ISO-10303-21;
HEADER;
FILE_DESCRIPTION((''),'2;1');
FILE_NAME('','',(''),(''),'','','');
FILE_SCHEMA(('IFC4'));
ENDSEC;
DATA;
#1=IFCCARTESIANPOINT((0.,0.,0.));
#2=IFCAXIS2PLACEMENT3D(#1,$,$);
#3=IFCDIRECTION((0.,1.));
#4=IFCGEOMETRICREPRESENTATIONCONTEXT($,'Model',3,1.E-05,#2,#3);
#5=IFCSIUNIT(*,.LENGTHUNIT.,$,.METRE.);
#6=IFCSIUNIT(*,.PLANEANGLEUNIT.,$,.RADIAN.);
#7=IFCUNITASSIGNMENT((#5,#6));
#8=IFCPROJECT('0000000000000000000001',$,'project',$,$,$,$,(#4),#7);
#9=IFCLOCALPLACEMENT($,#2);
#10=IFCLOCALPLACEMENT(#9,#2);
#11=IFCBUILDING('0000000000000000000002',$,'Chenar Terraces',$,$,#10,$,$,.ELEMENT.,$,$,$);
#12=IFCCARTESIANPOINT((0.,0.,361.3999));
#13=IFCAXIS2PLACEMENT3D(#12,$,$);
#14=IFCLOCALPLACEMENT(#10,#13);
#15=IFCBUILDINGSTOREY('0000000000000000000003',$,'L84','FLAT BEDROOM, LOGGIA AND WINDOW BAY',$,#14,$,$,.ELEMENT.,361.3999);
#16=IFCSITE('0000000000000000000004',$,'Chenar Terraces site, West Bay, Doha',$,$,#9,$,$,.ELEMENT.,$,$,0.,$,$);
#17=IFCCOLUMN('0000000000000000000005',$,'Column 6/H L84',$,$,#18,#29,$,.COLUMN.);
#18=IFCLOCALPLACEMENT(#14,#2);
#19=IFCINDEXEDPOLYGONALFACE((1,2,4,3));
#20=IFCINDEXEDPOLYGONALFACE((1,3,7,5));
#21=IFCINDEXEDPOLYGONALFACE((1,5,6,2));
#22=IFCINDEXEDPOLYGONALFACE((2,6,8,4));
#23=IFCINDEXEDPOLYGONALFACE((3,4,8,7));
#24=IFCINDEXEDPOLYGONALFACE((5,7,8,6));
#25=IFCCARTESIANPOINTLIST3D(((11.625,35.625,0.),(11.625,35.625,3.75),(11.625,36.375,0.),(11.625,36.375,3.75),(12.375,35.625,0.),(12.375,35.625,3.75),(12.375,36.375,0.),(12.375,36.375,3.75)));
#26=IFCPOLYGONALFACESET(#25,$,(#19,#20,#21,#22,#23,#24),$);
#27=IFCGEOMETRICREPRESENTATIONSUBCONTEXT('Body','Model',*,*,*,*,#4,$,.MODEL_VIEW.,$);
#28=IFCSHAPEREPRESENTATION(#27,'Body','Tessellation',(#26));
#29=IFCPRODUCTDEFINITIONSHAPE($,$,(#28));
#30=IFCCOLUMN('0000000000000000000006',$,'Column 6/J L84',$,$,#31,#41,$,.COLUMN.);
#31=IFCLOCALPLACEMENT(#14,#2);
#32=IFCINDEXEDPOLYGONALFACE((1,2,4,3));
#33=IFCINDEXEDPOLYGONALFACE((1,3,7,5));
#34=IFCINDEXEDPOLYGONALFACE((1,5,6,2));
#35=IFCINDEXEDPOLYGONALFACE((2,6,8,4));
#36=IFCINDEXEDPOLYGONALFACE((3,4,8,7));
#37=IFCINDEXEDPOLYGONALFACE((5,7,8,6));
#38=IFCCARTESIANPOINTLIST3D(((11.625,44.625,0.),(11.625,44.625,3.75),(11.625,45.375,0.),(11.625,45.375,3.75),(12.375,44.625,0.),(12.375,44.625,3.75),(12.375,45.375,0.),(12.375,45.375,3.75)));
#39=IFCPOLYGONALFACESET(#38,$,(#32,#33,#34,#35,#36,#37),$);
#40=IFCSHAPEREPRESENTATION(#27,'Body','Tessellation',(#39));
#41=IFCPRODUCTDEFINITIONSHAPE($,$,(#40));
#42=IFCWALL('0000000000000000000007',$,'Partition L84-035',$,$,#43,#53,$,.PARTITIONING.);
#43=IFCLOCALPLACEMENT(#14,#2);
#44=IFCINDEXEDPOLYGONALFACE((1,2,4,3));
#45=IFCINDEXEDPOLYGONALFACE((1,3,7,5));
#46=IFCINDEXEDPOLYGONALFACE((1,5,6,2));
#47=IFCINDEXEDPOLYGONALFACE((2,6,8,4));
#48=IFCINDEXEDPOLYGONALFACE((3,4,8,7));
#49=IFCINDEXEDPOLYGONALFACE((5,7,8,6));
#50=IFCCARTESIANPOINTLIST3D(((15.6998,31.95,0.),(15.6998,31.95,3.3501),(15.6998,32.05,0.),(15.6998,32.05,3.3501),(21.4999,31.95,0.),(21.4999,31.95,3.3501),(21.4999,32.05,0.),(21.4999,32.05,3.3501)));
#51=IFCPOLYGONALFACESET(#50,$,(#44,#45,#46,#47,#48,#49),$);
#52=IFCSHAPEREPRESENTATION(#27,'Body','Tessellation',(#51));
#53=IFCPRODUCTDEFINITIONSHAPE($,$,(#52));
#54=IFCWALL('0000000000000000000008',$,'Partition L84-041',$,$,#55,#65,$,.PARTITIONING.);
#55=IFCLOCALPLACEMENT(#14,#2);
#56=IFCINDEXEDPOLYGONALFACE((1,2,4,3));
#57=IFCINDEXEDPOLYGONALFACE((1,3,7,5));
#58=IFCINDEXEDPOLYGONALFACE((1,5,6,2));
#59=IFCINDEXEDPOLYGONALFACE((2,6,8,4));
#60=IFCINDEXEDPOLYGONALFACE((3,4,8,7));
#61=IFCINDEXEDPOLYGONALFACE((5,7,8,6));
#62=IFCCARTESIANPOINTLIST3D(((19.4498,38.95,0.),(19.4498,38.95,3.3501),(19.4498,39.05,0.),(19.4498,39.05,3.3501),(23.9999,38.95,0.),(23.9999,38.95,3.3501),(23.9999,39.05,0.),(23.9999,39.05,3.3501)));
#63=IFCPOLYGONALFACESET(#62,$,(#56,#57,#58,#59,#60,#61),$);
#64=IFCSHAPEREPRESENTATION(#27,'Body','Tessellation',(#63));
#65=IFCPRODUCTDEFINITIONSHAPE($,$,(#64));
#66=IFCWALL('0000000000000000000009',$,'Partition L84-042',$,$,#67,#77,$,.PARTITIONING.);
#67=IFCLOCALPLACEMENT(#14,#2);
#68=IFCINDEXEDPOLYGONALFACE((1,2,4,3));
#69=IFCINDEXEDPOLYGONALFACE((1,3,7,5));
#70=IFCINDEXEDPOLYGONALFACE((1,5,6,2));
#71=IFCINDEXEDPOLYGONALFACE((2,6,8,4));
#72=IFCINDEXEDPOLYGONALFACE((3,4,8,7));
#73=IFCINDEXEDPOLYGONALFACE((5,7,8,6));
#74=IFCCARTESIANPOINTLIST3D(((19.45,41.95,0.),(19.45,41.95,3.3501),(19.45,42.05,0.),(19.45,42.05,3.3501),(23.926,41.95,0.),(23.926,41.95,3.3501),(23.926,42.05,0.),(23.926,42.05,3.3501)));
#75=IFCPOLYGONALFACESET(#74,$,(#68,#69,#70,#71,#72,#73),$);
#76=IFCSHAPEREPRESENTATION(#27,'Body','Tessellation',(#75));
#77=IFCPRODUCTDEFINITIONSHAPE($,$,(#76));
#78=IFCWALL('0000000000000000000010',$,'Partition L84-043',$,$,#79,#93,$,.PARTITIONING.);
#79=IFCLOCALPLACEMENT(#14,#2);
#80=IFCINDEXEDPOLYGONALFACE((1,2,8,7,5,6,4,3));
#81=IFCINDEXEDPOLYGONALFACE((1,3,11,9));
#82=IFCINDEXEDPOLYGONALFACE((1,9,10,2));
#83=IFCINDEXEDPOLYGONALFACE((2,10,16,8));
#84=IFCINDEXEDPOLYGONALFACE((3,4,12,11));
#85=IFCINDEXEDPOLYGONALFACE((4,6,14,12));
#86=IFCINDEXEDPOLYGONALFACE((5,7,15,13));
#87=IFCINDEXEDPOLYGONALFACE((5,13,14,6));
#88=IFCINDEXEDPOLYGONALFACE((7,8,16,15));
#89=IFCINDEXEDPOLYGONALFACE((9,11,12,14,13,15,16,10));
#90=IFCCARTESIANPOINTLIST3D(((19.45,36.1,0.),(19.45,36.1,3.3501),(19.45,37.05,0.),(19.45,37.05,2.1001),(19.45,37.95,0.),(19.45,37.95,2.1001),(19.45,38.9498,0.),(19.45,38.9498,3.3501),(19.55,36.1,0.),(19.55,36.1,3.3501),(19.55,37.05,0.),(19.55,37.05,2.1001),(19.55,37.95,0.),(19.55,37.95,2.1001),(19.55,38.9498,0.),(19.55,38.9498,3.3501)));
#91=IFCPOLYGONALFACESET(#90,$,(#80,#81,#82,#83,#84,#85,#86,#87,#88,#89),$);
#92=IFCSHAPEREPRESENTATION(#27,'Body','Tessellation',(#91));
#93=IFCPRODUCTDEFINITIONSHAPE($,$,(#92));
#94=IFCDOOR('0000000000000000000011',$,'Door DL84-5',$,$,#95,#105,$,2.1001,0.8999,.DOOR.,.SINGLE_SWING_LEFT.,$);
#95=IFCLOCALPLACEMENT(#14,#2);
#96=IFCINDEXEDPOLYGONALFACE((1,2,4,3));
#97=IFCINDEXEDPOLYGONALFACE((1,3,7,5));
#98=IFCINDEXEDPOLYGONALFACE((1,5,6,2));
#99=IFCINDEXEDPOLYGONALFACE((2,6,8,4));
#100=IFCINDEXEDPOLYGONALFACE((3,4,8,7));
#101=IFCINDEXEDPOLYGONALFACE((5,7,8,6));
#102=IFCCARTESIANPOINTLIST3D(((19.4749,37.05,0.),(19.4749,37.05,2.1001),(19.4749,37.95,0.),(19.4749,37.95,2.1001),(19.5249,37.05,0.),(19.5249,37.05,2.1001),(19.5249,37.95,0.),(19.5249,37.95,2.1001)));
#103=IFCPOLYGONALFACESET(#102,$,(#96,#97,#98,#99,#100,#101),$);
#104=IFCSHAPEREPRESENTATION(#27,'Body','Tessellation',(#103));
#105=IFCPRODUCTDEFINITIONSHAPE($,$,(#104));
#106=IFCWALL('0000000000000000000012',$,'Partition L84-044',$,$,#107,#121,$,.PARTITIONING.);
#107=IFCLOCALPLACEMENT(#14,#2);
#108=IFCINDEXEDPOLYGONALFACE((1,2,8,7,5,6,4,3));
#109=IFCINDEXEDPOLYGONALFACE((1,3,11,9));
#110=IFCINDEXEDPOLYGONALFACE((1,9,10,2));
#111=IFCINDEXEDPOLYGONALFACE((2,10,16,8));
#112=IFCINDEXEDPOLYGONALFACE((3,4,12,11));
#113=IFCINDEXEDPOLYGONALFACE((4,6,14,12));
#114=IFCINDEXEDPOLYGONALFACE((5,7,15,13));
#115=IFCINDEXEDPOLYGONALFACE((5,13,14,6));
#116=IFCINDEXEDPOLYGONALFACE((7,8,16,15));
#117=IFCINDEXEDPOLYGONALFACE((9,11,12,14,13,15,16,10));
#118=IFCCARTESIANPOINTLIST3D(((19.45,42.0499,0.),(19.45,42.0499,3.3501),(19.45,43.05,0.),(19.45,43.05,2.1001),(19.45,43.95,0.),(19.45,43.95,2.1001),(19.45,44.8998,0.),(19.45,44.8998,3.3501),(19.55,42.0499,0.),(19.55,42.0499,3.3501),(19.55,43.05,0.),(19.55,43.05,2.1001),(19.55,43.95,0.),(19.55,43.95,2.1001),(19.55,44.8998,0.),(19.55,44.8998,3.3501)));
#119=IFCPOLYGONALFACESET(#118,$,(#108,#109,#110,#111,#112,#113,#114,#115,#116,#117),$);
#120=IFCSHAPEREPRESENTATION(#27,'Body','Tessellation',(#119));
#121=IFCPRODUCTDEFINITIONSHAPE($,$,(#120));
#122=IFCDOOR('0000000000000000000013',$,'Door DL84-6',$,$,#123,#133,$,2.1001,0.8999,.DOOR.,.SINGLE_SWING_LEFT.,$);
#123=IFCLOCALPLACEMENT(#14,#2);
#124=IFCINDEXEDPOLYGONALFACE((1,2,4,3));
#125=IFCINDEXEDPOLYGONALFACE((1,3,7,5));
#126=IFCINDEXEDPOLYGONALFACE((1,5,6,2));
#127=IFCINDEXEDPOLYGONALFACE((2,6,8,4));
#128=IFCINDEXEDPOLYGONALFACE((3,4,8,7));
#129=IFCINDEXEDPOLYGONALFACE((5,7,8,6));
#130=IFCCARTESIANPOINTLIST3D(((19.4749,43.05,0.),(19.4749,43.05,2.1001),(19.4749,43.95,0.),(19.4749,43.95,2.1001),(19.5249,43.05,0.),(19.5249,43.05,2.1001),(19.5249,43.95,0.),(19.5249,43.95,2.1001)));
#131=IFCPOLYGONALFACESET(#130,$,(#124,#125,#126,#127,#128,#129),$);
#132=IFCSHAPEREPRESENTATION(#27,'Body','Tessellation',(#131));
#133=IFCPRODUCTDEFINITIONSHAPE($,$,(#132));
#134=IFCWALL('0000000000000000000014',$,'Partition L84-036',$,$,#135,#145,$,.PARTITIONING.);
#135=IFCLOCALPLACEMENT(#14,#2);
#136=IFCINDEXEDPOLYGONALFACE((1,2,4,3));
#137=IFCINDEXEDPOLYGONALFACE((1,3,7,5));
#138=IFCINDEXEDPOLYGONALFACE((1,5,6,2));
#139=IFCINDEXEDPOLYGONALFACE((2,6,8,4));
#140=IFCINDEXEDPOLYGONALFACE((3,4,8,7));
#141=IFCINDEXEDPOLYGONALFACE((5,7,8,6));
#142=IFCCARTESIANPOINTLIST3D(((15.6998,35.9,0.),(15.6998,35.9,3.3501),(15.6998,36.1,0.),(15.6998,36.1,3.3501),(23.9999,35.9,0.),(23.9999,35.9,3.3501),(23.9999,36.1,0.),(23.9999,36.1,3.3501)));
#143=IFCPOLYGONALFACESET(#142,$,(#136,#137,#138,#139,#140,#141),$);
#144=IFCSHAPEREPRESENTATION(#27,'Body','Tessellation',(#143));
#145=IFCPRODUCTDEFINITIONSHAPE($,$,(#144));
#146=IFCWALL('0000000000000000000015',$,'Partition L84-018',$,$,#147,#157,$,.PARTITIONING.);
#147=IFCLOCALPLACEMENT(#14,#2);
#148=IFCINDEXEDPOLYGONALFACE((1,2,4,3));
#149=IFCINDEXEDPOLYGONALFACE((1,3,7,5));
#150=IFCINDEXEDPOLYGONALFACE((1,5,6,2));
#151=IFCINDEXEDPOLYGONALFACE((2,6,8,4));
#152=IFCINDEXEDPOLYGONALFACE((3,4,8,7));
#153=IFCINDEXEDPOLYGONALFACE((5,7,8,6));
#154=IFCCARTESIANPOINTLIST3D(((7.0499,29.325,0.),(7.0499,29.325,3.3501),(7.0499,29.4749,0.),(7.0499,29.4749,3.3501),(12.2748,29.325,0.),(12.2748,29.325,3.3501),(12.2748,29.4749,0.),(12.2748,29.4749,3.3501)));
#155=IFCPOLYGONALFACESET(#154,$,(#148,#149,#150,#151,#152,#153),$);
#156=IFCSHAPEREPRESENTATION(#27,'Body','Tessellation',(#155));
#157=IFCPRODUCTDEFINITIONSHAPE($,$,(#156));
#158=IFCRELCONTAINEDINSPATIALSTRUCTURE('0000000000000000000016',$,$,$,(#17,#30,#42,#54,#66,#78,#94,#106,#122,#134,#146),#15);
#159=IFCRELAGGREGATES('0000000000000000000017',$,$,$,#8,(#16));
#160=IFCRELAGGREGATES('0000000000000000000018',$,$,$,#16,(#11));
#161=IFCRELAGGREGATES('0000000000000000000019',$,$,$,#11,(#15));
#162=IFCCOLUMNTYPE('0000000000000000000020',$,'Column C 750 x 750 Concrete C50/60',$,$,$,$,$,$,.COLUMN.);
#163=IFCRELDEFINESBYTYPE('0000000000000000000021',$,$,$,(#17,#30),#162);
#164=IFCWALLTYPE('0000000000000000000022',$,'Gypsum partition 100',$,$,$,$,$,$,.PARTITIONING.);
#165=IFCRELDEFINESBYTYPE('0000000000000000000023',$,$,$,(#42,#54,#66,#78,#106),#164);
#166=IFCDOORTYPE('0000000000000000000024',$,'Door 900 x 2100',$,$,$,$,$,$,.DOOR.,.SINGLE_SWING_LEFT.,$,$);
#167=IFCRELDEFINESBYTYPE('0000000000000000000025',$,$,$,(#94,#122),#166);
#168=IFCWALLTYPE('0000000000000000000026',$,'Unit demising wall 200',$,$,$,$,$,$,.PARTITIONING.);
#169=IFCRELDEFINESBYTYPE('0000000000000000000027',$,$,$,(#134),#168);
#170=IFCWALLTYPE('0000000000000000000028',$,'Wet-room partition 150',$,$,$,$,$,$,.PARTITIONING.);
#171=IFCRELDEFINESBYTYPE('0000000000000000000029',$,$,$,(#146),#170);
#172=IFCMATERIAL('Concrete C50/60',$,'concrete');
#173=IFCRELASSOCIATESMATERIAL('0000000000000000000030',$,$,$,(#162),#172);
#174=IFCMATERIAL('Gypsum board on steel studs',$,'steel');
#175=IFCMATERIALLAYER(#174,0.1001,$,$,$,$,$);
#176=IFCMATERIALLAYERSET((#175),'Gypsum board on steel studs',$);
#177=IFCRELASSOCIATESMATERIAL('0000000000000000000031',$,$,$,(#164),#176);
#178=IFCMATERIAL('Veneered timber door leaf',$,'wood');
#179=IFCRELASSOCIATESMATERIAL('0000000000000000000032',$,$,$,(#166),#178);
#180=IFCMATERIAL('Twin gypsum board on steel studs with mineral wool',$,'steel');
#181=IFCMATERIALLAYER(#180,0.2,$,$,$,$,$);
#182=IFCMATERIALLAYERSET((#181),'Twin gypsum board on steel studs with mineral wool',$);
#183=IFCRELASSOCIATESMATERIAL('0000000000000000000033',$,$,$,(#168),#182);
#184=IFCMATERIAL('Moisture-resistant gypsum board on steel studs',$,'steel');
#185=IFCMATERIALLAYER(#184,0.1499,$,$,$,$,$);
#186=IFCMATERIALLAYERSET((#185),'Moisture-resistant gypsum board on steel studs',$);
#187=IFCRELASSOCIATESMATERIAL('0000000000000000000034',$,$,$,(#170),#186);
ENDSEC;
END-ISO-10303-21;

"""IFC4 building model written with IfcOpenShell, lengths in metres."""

from ifc_helpers import new_model, si_unit, direction, frame, frame_2d, origin, origin_2d, place, context, subcontext, project, spatial, rectangle, extrude, material, layer, layer_set, material_profile, profile_set, type_object, element, fill, save


model = new_model("IFC4")

# Units and contexts
model_context = context("Model", 3, precision=1e-05, world=origin(), true_north=direction((0.0, 1.0)))
body_context = subcontext(model_context, "Body", "Model", "MODEL_VIEW")
ifc_project = project(units=[si_unit("LENGTHUNIT", "METRE"), si_unit("PLANEANGLEUNIT", "RADIAN")], contexts=[model_context])

# Site, building, storey
site_placement = place(None, origin())
site = spatial("IfcSite", under=ifc_project, at=site_placement, Name="Chenar Terraces site, West Bay, Doha", CompositionType="ELEMENT", RefElevation=0.0)
building_placement = place(site_placement, origin())
building = spatial("IfcBuilding", under=site, at=building_placement, Name="Chenar Terraces", CompositionType="ELEMENT")
storey_placement = place(building_placement, frame((0.0, 0.0, 361.3999)))
storey = spatial("IfcBuildingStorey", under=building, at=storey_placement, Name="L84", Description="FLAT BEDROOM, LOGGIA AND WINDOW BAY", CompositionType="ELEMENT", Elevation=361.3999)

# Columns
ifc_material_1 = material(Name="Concrete C50/60", Category="concrete")
ifc_material_profile = material_profile(ifc_material_1, rectangle(XDim=0.75, YDim=0.75, at=origin_2d()), Name="C 750 x 750")
ifc_profile_set = profile_set([ifc_material_profile], Name="Concrete C50/60")
column_type = type_object("IfcColumnType", Name="Column C 750 x 750 Concrete C50/60", PredefinedType="COLUMN", material=ifc_profile_set)
for number, where, z_axis, x_axis, name in (
    (1, (12.0, 36.0, 0.0), (0.0, 0.0, 1.0), (1.0, 0.0, 0.0), "Column 6/H L84"),
    (2, (12.0, 45.0, 0.0), (0.0, 0.0, 1.0), (1.0, 0.0, 0.0), "Column 6/J L84"),
):
    element("IfcColumn", number, at=place(storey_placement, frame(where, z_axis=z_axis, x_axis=x_axis)), inside=storey, type_object=column_type, Name=name, PredefinedType="COLUMN", context=body_context, shape_type="SweptSolid", body=[
        extrude(rectangle(XDim=0.75, YDim=0.75, at=origin_2d()), origin(), (0.0, 0.0, 1.0), 3.75),
    ])

# Walls
ifc_material_2 = material(Name="Gypsum board on steel studs", Category="steel")
ifc_layer_1 = layer(ifc_material_2, 0.1001)
ifc_layer_set_1 = layer_set([ifc_layer_1], Name="Gypsum board on steel studs")
wall_type_1 = type_object("IfcWallType", Name="Gypsum partition 100", PredefinedType="PARTITIONING", material=ifc_layer_set_1)
wall_1_placement = place(storey_placement, frame((15.7, 32.0, 0.0), z_axis=(0.0, 0.0, 1.0), x_axis=(1.0, 0.0, 0.0)))
element("IfcWall", 3, at=wall_1_placement, inside=storey, type_object=wall_type_1, Name="Partition L84-035", PredefinedType="PARTITIONING", context=body_context, shape_type="SweptSolid", body=[
    extrude(rectangle(XDim=5.8, YDim=0.1001, at=frame_2d((2.8999, 0.0))), origin(), (0.0, 0.0, 1.0), 3.3501),
])
wall_2_placement = place(storey_placement, frame((19.45, 39.0, 0.0), z_axis=(0.0, 0.0, 1.0), x_axis=(1.0, 0.0, 0.0)))
element("IfcWall", 4, at=wall_2_placement, inside=storey, type_object=wall_type_1, Name="Partition L84-041", PredefinedType="PARTITIONING", context=body_context, shape_type="SweptSolid", body=[
    extrude(rectangle(XDim=4.55, YDim=0.1001, at=frame_2d((2.2749, 0.0))), origin(), (0.0, 0.0, 1.0), 3.3501),
])
wall_3_placement = place(storey_placement, frame((19.45, 42.0, 0.0), z_axis=(0.0, 0.0, 1.0), x_axis=(1.0, 0.0, 0.0)))
element("IfcWall", 5, at=wall_3_placement, inside=storey, type_object=wall_type_1, Name="Partition L84-042", PredefinedType="PARTITIONING", context=body_context, shape_type="SweptSolid", body=[
    extrude(rectangle(XDim=4.4761, YDim=0.1001, at=frame_2d((2.238, 0.0))), origin(), (0.0, 0.0, 1.0), 3.3501),
])

# Walls, openings, doors
wall_4_placement = place(storey_placement, frame((19.5, 36.1001, 0.0), z_axis=(0.0, 0.0, 1.0), x_axis=(0.0, 1.0, 0.0)))
wall_4 = element("IfcWall", 6, at=wall_4_placement, inside=storey, type_object=wall_type_1, Name="Partition L84-043", PredefinedType="PARTITIONING", context=body_context, shape_type="SweptSolid", body=[
    extrude(rectangle(XDim=2.8499, YDim=0.1001, at=frame_2d((1.4248, 0.0))), origin(), (0.0, 0.0, 1.0), 3.3501),
])
opening_1_placement = place(wall_4_placement, frame((0.95, 0.0, 0.0)))
opening_1 = element("IfcOpeningElement", 7, at=opening_1_placement, cuts=wall_4, PredefinedType="OPENING", context=body_context, shape_type="SweptSolid", body=[
    extrude(rectangle(XDim=0.8999, YDim=2.1001, at=frame_2d((0.45, 1.05))), frame((0.0, 0.0601, 0.0), z_axis=(0.0, -1.0, 0.0), x_axis=(1.0, 0.0, 0.0)), (0.0, 0.0, 1.0), 0.1201),
])
ifc_material_3 = material(Name="Veneered timber door leaf", Category="wood")
door_type_1 = type_object("IfcDoorType", Name="Door 900 x 2100", OperationType="SINGLE_SWING_LEFT", PredefinedType="DOOR", material=ifc_material_3)
door_1_placement = place(opening_1_placement, frame((0.8999, 0.0, 0.0), z_axis=(0.0, 0.0, 1.0), x_axis=(-1.0, 0.0, 0.0)))
door_1 = element("IfcDoor", 8, at=door_1_placement, inside=storey, type_object=door_type_1, Name="Door DL84-5", OperationType="SINGLE_SWING_LEFT", OverallHeight=2.1001, OverallWidth=0.8999, PredefinedType="DOOR", context=body_context, shape_type="SweptSolid", body=[
    extrude(rectangle(XDim=0.8999, YDim=2.1001, at=frame_2d((0.45, 1.05))), frame((0.0, 0.0249, 0.0), z_axis=(0.0, -1.0, 0.0), x_axis=(1.0, 0.0, 0.0)), (0.0, 0.0, 1.0), 0.05),
])
fill(opening_1, door_1)
wall_5_placement = place(storey_placement, frame((19.5, 42.05, 0.0), z_axis=(0.0, 0.0, 1.0), x_axis=(0.0, 1.0, 0.0)))
wall_5 = element("IfcWall", 9, at=wall_5_placement, inside=storey, type_object=wall_type_1, Name="Partition L84-044", PredefinedType="PARTITIONING", context=body_context, shape_type="SweptSolid", body=[
    extrude(rectangle(XDim=2.8499, YDim=0.1001, at=frame_2d((1.4248, 0.0))), origin(), (0.0, 0.0, 1.0), 3.3501),
])
opening_2_placement = place(wall_5_placement, frame((1.0, 0.0, 0.0)))
opening_2 = element("IfcOpeningElement", 10, at=opening_2_placement, cuts=wall_5, PredefinedType="OPENING", context=body_context, shape_type="SweptSolid", body=[
    extrude(rectangle(XDim=0.8999, YDim=2.1001, at=frame_2d((0.45, 1.05))), frame((0.0, 0.0601, 0.0), z_axis=(0.0, -1.0, 0.0), x_axis=(1.0, 0.0, 0.0)), (0.0, 0.0, 1.0), 0.1201),
])
door_2_placement = place(opening_2_placement, frame((0.8999, 0.0, 0.0), z_axis=(0.0, 0.0, 1.0), x_axis=(-1.0, 0.0, 0.0)))
door_2 = element("IfcDoor", 11, at=door_2_placement, inside=storey, type_object=door_type_1, Name="Door DL84-6", OperationType="SINGLE_SWING_LEFT", OverallHeight=2.1001, OverallWidth=0.8999, PredefinedType="DOOR", context=body_context, shape_type="SweptSolid", body=[
    extrude(rectangle(XDim=0.8999, YDim=2.1001, at=frame_2d((0.45, 1.05))), frame((0.0, 0.0249, 0.0), z_axis=(0.0, -1.0, 0.0), x_axis=(1.0, 0.0, 0.0)), (0.0, 0.0, 1.0), 0.05),
])
fill(opening_2, door_2)

# Walls
ifc_material_4 = material(Name="Twin gypsum board on steel studs with mineral wool", Category="steel")
ifc_layer_2 = layer(ifc_material_4, 0.2)
ifc_layer_set_2 = layer_set([ifc_layer_2], Name="Twin gypsum board on steel studs with mineral wool")
wall_type_2 = type_object("IfcWallType", Name="Unit demising wall 200", PredefinedType="PARTITIONING", material=ifc_layer_set_2)
wall_6_placement = place(storey_placement, frame((15.7, 36.0, 0.0), z_axis=(0.0, 0.0, 1.0), x_axis=(1.0, 0.0, 0.0)))
element("IfcWall", 12, at=wall_6_placement, inside=storey, type_object=wall_type_2, Name="Partition L84-036", PredefinedType="PARTITIONING", context=body_context, shape_type="SweptSolid", body=[
    extrude(rectangle(XDim=8.3, YDim=0.2, at=frame_2d((4.1499, 0.0))), origin(), (0.0, 0.0, 1.0), 3.3501),
])
ifc_material_5 = material(Name="Moisture-resistant gypsum board on steel studs", Category="steel")
ifc_layer_3 = layer(ifc_material_5, 0.1499)
ifc_layer_set_3 = layer_set([ifc_layer_3], Name="Moisture-resistant gypsum board on steel studs")
wall_type_3 = type_object("IfcWallType", Name="Wet-room partition 150", PredefinedType="PARTITIONING", material=ifc_layer_set_3)
wall_7_placement = place(storey_placement, frame((7.05, 29.3999, 0.0), z_axis=(0.0, 0.0, 1.0), x_axis=(1.0, 0.0, 0.0)))
element("IfcWall", 13, at=wall_7_placement, inside=storey, type_object=wall_type_3, Name="Partition L84-018", PredefinedType="PARTITIONING", context=body_context, shape_type="SweptSolid", body=[
    extrude(rectangle(XDim=5.2249, YDim=0.1499, at=frame_2d((2.6123, 0.0))), origin(), (0.0, 0.0, 1.0), 3.3501),
])

save(model, "model.ifc")
